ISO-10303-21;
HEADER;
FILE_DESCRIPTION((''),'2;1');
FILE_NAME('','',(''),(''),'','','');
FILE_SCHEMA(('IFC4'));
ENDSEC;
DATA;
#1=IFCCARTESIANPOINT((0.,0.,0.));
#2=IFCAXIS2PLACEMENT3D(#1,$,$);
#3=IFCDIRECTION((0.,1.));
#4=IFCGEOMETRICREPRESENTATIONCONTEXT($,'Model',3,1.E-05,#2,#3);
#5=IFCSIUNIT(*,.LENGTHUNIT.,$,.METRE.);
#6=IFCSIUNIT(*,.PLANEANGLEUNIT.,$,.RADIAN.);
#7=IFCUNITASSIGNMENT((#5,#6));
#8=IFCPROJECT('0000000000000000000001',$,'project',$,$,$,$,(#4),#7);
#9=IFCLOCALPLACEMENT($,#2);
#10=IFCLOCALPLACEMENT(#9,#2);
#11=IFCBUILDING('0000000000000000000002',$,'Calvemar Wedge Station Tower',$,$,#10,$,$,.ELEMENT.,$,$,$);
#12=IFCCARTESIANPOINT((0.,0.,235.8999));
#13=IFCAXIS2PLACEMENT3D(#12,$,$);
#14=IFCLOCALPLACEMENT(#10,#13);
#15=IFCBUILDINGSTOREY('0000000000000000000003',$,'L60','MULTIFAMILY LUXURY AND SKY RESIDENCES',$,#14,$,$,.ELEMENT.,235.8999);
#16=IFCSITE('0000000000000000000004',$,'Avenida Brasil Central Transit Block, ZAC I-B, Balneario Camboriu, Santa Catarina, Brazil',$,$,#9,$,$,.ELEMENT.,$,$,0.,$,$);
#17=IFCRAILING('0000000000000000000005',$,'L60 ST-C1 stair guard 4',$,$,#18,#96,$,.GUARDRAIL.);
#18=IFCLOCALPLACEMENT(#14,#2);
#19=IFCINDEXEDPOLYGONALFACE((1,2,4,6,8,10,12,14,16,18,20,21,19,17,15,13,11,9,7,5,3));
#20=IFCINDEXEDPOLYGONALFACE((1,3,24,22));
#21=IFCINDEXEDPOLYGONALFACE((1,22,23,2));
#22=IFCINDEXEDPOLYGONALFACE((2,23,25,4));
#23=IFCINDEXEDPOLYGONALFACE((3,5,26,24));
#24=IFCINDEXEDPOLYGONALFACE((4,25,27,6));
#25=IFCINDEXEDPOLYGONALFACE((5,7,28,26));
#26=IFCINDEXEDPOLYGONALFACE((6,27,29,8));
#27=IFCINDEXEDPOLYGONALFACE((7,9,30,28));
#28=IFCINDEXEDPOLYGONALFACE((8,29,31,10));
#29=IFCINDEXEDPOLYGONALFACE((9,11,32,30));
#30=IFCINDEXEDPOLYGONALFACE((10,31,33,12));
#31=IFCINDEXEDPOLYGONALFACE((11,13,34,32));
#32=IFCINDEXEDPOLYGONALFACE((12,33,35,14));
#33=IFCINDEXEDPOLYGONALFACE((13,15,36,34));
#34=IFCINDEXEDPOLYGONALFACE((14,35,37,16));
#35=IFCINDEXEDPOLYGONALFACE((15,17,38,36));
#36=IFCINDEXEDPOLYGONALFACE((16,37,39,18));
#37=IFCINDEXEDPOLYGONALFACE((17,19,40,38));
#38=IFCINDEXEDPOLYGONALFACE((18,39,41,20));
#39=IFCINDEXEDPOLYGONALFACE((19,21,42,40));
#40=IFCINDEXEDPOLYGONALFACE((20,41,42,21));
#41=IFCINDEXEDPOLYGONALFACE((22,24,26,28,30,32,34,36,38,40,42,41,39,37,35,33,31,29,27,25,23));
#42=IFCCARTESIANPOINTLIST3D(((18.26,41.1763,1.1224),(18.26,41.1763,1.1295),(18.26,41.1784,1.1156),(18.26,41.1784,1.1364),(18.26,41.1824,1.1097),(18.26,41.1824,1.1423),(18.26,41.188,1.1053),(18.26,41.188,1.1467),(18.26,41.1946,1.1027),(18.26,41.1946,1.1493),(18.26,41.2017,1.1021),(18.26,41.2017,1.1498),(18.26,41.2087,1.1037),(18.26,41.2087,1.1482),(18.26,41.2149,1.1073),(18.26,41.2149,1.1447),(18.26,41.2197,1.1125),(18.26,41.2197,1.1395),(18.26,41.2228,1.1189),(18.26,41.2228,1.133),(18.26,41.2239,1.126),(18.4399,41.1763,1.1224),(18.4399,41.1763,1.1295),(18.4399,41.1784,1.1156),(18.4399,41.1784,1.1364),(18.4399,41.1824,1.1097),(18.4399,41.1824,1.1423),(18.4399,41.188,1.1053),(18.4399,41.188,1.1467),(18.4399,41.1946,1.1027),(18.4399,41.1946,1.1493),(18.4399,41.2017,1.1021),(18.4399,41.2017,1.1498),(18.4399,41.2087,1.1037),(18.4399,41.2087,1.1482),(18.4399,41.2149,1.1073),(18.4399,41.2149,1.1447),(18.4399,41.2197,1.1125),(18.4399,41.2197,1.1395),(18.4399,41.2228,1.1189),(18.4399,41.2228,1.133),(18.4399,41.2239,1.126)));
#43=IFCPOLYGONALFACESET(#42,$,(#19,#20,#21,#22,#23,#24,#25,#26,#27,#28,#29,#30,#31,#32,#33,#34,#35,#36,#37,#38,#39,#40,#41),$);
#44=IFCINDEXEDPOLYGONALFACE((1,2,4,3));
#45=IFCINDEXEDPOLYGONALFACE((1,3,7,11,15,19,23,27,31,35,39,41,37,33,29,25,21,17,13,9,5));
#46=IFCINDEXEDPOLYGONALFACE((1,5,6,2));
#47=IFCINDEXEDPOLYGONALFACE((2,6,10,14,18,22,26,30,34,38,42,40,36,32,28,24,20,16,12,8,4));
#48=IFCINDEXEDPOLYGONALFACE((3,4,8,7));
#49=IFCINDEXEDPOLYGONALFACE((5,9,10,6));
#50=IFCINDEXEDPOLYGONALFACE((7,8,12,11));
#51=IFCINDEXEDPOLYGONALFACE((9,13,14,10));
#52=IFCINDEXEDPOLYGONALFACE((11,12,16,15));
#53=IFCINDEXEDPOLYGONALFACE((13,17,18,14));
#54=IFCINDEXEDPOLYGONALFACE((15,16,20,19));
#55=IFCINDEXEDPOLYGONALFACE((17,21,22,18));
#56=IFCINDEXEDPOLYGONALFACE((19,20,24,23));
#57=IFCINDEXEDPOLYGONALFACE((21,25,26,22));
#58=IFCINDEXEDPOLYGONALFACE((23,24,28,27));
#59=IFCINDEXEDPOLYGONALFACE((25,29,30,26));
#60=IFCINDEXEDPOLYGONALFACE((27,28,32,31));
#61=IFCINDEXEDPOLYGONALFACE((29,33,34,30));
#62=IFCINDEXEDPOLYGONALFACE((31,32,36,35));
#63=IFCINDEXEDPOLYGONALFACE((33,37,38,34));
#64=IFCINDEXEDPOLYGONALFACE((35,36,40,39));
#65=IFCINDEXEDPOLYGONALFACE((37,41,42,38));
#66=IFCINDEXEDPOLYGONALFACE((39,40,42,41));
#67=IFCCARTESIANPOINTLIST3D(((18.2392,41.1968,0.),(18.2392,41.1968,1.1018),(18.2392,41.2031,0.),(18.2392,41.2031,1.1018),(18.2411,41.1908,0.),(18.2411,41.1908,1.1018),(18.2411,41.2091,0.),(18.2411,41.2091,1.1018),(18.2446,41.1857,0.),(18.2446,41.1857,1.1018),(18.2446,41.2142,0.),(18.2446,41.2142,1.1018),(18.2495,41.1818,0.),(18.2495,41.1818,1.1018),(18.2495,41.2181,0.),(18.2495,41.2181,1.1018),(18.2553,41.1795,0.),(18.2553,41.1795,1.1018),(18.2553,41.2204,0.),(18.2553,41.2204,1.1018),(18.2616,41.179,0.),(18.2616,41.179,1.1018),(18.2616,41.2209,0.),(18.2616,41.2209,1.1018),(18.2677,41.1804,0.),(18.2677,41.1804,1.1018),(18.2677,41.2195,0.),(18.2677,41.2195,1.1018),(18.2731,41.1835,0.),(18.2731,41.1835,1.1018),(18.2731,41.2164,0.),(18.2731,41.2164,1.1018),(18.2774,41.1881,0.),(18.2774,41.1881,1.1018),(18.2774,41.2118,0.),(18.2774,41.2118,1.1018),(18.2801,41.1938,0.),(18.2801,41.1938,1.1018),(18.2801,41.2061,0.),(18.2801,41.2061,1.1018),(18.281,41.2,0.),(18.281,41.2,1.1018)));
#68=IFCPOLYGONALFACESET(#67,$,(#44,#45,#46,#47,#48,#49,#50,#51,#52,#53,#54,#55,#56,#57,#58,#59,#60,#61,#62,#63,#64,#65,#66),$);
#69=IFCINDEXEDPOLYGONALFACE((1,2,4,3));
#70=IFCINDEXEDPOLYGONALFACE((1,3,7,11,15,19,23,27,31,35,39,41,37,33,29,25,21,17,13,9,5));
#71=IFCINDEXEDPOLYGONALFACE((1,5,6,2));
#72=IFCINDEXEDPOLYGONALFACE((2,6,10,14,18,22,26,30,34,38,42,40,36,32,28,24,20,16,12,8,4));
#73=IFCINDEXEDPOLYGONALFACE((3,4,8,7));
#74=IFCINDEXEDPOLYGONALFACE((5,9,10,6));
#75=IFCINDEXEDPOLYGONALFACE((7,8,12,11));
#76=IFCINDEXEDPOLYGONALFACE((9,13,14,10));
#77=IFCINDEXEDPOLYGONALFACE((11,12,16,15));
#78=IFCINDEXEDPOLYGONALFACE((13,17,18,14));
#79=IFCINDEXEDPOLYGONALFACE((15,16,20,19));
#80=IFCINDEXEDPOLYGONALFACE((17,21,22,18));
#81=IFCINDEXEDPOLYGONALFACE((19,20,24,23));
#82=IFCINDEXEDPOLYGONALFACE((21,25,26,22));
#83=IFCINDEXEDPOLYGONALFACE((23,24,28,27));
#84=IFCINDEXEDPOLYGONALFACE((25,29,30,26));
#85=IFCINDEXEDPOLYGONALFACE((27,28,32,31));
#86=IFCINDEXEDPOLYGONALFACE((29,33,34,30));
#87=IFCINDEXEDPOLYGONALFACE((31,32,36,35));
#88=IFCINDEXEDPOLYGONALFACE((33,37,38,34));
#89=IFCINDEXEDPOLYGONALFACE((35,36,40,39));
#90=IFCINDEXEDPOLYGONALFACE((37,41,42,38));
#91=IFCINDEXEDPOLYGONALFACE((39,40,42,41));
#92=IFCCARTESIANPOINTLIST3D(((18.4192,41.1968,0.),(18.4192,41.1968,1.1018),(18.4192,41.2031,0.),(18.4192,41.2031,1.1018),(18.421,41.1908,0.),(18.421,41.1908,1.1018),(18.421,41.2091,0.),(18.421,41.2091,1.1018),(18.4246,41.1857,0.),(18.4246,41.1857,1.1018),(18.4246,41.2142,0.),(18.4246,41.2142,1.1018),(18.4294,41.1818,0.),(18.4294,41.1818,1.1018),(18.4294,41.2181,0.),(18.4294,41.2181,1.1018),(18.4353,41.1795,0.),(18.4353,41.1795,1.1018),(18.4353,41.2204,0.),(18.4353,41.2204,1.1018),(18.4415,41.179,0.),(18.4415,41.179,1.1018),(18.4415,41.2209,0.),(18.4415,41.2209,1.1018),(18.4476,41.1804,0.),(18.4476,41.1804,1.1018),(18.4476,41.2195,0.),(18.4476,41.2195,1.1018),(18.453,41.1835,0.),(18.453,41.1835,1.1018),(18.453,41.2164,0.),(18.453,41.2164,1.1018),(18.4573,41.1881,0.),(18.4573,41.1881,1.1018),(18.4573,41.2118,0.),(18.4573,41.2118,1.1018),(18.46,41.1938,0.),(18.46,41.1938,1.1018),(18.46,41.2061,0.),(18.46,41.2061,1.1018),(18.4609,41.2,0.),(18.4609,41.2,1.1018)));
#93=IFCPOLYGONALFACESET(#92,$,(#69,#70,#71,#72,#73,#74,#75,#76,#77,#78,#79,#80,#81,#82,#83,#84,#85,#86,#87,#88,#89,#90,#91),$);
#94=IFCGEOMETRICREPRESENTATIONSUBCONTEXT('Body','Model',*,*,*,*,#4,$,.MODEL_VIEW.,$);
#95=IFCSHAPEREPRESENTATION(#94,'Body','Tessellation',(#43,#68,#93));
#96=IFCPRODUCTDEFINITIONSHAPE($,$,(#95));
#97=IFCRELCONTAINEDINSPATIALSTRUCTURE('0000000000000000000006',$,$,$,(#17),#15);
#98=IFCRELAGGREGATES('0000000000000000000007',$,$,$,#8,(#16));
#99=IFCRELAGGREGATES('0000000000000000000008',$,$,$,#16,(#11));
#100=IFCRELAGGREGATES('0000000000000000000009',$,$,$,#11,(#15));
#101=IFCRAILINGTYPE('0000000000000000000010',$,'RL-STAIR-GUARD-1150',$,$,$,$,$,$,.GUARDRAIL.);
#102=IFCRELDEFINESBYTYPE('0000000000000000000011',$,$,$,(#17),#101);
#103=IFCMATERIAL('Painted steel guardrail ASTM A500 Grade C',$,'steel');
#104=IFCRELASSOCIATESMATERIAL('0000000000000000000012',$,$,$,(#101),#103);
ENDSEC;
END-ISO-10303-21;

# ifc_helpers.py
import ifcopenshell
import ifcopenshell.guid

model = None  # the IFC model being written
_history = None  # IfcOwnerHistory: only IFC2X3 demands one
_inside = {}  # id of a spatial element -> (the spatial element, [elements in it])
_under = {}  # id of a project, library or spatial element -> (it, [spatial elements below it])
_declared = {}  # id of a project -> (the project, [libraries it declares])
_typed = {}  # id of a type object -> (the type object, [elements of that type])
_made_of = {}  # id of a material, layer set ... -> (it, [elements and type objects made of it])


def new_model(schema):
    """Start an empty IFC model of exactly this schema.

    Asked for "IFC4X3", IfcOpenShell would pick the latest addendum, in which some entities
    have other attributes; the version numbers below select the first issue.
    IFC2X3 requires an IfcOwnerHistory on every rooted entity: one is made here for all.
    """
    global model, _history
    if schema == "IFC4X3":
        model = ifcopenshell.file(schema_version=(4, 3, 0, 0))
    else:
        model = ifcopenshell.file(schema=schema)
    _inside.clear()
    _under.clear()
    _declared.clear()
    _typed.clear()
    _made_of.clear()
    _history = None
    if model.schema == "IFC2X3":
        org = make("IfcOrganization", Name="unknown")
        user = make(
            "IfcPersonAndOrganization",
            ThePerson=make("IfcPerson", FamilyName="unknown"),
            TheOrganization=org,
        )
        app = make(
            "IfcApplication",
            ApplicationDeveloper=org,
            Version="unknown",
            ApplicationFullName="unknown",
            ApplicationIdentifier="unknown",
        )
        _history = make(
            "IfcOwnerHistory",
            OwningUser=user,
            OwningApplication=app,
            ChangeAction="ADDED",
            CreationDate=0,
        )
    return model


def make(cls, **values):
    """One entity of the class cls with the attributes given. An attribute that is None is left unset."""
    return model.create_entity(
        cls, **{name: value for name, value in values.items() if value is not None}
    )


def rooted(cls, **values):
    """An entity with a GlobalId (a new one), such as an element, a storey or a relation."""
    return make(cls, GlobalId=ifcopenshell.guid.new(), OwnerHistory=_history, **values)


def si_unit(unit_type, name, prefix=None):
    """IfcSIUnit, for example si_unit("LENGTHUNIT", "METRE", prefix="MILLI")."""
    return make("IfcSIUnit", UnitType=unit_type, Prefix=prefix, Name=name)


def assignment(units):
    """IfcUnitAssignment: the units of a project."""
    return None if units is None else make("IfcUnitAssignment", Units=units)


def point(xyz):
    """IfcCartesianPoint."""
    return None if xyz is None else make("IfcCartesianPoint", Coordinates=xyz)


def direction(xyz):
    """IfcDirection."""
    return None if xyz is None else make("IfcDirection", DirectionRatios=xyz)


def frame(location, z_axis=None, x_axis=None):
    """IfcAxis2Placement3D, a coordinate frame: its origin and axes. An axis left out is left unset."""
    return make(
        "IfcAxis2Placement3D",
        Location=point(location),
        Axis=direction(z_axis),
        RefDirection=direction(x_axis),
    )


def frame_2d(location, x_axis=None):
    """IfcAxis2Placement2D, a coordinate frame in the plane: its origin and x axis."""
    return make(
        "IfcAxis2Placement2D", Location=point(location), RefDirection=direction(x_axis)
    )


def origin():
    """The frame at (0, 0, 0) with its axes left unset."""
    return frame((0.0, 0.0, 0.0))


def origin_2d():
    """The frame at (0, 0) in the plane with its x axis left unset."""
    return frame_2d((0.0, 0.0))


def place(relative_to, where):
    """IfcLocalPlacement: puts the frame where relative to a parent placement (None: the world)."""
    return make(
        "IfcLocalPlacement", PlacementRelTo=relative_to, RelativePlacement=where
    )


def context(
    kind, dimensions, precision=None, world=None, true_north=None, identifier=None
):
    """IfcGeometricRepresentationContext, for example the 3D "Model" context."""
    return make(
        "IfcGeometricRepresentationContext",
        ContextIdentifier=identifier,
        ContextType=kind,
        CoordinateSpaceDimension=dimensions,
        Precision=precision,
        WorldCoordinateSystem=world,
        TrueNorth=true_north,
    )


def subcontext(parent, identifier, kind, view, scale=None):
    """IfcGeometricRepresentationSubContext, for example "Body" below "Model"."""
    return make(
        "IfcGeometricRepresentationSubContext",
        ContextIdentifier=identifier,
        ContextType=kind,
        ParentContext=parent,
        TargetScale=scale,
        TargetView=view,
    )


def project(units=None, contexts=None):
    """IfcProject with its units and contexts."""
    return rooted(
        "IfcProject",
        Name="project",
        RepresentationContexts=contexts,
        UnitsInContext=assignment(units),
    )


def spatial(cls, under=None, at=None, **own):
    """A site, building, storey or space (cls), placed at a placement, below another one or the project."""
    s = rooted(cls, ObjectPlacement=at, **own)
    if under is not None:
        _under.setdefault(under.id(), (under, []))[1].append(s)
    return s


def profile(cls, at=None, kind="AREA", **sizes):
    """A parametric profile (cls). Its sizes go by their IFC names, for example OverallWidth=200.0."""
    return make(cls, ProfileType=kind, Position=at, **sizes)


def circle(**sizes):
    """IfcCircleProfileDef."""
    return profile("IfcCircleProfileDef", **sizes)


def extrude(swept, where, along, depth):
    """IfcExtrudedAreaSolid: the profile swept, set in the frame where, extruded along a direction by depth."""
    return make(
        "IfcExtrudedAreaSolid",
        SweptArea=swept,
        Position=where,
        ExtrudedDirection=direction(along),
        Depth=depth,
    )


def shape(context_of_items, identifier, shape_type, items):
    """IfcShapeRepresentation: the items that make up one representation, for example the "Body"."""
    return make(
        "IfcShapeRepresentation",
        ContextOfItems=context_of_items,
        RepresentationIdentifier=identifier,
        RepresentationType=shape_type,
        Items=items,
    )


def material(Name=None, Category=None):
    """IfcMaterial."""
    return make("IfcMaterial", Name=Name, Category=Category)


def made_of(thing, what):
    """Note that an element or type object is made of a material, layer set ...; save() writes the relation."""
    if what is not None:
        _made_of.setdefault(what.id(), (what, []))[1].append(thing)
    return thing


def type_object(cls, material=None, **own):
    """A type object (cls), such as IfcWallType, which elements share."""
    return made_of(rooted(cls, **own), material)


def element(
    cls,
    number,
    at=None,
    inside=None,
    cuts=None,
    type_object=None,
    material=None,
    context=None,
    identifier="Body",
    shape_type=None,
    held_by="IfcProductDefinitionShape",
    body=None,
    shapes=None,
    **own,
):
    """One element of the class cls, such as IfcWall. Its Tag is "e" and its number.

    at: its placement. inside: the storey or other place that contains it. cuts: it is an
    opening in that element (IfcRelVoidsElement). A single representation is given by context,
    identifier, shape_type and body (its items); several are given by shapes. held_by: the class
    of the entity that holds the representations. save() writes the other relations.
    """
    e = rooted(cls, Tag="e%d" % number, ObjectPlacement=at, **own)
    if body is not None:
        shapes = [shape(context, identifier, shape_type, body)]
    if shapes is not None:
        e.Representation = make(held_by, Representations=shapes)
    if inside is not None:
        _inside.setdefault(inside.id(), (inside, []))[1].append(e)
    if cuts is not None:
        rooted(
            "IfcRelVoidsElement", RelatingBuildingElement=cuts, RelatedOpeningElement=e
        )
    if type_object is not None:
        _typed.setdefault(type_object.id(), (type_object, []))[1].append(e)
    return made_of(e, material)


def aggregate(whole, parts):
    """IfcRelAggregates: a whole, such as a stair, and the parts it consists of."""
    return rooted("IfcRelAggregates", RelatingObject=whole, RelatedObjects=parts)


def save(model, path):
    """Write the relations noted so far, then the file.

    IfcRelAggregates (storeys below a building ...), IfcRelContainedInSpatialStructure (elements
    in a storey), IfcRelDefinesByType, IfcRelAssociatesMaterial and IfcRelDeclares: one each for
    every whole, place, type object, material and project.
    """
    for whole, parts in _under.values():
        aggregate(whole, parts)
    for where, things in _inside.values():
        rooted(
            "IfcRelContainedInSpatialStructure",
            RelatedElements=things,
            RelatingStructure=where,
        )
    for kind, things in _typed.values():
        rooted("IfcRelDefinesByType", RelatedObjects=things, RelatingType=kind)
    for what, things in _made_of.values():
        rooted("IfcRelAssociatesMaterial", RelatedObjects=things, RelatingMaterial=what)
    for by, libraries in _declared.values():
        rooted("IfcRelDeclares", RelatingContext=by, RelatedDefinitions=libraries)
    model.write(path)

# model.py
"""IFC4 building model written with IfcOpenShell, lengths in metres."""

from ifc_helpers import new_model, si_unit, direction, frame, origin, origin_2d, place, context, subcontext, project, spatial, circle, extrude, material, type_object, element, save


model = new_model("IFC4")

# Units and contexts
model_context = context("Model", 3, precision=1e-05, world=origin(), true_north=direction((0.0, 1.0)))
body_context = subcontext(model_context, "Body", "Model", "MODEL_VIEW")
ifc_project = project(units=[si_unit("LENGTHUNIT", "METRE"), si_unit("PLANEANGLEUNIT", "RADIAN")], contexts=[model_context])

# Site, building, storey
site_placement = place(None, origin())
site = spatial("IfcSite", under=ifc_project, at=site_placement, Name="Avenida Brasil Central Transit Block, ZAC I-B, Balneario Camboriu, Santa Catarina, Brazil", CompositionType="ELEMENT", RefElevation=0.0)
building_placement = place(site_placement, origin())
building = spatial("IfcBuilding", under=site, at=building_placement, Name="Calvemar Wedge Station Tower", CompositionType="ELEMENT")
storey_placement = place(building_placement, frame((0.0, 0.0, 235.8999)))
storey = spatial("IfcBuildingStorey", under=building, at=storey_placement, Name="L60", Description="MULTIFAMILY LUXURY AND SKY RESIDENCES", CompositionType="ELEMENT", Elevation=235.8999)

# Railing
ifc_material_1 = material(Name="Painted steel guardrail ASTM A500 Grade C", Category="steel")
railing_type_1 = type_object("IfcRailingType", Name="RL-STAIR-GUARD-1150", PredefinedType="GUARDRAIL", material=ifc_material_1)
railing_1_placement = place(storey_placement, frame((18.26, 41.2, 0.0)))
element("IfcRailing", 1, at=railing_1_placement, inside=storey, type_object=railing_type_1, Name="L60 ST-C1 stair guard 4", PredefinedType="GUARDRAIL", context=body_context, shape_type="SweptSolid", body=[
    extrude(circle(Radius=0.0239, at=origin_2d()), frame((0.0, 0.0, 1.126), z_axis=(1.0, 0.0, 0.0), x_axis=(0.0, 1.0, 0.0)), (0.0, 0.0, 1.0), 0.1799),
    extrude(circle(Radius=0.021, at=origin_2d()), origin(), (0.0, 0.0, 1.0), 1.1018),
    extrude(circle(Radius=0.021, at=origin_2d()), frame((0.1799, 0.0, 0.0)), (0.0, 0.0, 1.0), 1.1018),
])

save(model, "model.ifc")
